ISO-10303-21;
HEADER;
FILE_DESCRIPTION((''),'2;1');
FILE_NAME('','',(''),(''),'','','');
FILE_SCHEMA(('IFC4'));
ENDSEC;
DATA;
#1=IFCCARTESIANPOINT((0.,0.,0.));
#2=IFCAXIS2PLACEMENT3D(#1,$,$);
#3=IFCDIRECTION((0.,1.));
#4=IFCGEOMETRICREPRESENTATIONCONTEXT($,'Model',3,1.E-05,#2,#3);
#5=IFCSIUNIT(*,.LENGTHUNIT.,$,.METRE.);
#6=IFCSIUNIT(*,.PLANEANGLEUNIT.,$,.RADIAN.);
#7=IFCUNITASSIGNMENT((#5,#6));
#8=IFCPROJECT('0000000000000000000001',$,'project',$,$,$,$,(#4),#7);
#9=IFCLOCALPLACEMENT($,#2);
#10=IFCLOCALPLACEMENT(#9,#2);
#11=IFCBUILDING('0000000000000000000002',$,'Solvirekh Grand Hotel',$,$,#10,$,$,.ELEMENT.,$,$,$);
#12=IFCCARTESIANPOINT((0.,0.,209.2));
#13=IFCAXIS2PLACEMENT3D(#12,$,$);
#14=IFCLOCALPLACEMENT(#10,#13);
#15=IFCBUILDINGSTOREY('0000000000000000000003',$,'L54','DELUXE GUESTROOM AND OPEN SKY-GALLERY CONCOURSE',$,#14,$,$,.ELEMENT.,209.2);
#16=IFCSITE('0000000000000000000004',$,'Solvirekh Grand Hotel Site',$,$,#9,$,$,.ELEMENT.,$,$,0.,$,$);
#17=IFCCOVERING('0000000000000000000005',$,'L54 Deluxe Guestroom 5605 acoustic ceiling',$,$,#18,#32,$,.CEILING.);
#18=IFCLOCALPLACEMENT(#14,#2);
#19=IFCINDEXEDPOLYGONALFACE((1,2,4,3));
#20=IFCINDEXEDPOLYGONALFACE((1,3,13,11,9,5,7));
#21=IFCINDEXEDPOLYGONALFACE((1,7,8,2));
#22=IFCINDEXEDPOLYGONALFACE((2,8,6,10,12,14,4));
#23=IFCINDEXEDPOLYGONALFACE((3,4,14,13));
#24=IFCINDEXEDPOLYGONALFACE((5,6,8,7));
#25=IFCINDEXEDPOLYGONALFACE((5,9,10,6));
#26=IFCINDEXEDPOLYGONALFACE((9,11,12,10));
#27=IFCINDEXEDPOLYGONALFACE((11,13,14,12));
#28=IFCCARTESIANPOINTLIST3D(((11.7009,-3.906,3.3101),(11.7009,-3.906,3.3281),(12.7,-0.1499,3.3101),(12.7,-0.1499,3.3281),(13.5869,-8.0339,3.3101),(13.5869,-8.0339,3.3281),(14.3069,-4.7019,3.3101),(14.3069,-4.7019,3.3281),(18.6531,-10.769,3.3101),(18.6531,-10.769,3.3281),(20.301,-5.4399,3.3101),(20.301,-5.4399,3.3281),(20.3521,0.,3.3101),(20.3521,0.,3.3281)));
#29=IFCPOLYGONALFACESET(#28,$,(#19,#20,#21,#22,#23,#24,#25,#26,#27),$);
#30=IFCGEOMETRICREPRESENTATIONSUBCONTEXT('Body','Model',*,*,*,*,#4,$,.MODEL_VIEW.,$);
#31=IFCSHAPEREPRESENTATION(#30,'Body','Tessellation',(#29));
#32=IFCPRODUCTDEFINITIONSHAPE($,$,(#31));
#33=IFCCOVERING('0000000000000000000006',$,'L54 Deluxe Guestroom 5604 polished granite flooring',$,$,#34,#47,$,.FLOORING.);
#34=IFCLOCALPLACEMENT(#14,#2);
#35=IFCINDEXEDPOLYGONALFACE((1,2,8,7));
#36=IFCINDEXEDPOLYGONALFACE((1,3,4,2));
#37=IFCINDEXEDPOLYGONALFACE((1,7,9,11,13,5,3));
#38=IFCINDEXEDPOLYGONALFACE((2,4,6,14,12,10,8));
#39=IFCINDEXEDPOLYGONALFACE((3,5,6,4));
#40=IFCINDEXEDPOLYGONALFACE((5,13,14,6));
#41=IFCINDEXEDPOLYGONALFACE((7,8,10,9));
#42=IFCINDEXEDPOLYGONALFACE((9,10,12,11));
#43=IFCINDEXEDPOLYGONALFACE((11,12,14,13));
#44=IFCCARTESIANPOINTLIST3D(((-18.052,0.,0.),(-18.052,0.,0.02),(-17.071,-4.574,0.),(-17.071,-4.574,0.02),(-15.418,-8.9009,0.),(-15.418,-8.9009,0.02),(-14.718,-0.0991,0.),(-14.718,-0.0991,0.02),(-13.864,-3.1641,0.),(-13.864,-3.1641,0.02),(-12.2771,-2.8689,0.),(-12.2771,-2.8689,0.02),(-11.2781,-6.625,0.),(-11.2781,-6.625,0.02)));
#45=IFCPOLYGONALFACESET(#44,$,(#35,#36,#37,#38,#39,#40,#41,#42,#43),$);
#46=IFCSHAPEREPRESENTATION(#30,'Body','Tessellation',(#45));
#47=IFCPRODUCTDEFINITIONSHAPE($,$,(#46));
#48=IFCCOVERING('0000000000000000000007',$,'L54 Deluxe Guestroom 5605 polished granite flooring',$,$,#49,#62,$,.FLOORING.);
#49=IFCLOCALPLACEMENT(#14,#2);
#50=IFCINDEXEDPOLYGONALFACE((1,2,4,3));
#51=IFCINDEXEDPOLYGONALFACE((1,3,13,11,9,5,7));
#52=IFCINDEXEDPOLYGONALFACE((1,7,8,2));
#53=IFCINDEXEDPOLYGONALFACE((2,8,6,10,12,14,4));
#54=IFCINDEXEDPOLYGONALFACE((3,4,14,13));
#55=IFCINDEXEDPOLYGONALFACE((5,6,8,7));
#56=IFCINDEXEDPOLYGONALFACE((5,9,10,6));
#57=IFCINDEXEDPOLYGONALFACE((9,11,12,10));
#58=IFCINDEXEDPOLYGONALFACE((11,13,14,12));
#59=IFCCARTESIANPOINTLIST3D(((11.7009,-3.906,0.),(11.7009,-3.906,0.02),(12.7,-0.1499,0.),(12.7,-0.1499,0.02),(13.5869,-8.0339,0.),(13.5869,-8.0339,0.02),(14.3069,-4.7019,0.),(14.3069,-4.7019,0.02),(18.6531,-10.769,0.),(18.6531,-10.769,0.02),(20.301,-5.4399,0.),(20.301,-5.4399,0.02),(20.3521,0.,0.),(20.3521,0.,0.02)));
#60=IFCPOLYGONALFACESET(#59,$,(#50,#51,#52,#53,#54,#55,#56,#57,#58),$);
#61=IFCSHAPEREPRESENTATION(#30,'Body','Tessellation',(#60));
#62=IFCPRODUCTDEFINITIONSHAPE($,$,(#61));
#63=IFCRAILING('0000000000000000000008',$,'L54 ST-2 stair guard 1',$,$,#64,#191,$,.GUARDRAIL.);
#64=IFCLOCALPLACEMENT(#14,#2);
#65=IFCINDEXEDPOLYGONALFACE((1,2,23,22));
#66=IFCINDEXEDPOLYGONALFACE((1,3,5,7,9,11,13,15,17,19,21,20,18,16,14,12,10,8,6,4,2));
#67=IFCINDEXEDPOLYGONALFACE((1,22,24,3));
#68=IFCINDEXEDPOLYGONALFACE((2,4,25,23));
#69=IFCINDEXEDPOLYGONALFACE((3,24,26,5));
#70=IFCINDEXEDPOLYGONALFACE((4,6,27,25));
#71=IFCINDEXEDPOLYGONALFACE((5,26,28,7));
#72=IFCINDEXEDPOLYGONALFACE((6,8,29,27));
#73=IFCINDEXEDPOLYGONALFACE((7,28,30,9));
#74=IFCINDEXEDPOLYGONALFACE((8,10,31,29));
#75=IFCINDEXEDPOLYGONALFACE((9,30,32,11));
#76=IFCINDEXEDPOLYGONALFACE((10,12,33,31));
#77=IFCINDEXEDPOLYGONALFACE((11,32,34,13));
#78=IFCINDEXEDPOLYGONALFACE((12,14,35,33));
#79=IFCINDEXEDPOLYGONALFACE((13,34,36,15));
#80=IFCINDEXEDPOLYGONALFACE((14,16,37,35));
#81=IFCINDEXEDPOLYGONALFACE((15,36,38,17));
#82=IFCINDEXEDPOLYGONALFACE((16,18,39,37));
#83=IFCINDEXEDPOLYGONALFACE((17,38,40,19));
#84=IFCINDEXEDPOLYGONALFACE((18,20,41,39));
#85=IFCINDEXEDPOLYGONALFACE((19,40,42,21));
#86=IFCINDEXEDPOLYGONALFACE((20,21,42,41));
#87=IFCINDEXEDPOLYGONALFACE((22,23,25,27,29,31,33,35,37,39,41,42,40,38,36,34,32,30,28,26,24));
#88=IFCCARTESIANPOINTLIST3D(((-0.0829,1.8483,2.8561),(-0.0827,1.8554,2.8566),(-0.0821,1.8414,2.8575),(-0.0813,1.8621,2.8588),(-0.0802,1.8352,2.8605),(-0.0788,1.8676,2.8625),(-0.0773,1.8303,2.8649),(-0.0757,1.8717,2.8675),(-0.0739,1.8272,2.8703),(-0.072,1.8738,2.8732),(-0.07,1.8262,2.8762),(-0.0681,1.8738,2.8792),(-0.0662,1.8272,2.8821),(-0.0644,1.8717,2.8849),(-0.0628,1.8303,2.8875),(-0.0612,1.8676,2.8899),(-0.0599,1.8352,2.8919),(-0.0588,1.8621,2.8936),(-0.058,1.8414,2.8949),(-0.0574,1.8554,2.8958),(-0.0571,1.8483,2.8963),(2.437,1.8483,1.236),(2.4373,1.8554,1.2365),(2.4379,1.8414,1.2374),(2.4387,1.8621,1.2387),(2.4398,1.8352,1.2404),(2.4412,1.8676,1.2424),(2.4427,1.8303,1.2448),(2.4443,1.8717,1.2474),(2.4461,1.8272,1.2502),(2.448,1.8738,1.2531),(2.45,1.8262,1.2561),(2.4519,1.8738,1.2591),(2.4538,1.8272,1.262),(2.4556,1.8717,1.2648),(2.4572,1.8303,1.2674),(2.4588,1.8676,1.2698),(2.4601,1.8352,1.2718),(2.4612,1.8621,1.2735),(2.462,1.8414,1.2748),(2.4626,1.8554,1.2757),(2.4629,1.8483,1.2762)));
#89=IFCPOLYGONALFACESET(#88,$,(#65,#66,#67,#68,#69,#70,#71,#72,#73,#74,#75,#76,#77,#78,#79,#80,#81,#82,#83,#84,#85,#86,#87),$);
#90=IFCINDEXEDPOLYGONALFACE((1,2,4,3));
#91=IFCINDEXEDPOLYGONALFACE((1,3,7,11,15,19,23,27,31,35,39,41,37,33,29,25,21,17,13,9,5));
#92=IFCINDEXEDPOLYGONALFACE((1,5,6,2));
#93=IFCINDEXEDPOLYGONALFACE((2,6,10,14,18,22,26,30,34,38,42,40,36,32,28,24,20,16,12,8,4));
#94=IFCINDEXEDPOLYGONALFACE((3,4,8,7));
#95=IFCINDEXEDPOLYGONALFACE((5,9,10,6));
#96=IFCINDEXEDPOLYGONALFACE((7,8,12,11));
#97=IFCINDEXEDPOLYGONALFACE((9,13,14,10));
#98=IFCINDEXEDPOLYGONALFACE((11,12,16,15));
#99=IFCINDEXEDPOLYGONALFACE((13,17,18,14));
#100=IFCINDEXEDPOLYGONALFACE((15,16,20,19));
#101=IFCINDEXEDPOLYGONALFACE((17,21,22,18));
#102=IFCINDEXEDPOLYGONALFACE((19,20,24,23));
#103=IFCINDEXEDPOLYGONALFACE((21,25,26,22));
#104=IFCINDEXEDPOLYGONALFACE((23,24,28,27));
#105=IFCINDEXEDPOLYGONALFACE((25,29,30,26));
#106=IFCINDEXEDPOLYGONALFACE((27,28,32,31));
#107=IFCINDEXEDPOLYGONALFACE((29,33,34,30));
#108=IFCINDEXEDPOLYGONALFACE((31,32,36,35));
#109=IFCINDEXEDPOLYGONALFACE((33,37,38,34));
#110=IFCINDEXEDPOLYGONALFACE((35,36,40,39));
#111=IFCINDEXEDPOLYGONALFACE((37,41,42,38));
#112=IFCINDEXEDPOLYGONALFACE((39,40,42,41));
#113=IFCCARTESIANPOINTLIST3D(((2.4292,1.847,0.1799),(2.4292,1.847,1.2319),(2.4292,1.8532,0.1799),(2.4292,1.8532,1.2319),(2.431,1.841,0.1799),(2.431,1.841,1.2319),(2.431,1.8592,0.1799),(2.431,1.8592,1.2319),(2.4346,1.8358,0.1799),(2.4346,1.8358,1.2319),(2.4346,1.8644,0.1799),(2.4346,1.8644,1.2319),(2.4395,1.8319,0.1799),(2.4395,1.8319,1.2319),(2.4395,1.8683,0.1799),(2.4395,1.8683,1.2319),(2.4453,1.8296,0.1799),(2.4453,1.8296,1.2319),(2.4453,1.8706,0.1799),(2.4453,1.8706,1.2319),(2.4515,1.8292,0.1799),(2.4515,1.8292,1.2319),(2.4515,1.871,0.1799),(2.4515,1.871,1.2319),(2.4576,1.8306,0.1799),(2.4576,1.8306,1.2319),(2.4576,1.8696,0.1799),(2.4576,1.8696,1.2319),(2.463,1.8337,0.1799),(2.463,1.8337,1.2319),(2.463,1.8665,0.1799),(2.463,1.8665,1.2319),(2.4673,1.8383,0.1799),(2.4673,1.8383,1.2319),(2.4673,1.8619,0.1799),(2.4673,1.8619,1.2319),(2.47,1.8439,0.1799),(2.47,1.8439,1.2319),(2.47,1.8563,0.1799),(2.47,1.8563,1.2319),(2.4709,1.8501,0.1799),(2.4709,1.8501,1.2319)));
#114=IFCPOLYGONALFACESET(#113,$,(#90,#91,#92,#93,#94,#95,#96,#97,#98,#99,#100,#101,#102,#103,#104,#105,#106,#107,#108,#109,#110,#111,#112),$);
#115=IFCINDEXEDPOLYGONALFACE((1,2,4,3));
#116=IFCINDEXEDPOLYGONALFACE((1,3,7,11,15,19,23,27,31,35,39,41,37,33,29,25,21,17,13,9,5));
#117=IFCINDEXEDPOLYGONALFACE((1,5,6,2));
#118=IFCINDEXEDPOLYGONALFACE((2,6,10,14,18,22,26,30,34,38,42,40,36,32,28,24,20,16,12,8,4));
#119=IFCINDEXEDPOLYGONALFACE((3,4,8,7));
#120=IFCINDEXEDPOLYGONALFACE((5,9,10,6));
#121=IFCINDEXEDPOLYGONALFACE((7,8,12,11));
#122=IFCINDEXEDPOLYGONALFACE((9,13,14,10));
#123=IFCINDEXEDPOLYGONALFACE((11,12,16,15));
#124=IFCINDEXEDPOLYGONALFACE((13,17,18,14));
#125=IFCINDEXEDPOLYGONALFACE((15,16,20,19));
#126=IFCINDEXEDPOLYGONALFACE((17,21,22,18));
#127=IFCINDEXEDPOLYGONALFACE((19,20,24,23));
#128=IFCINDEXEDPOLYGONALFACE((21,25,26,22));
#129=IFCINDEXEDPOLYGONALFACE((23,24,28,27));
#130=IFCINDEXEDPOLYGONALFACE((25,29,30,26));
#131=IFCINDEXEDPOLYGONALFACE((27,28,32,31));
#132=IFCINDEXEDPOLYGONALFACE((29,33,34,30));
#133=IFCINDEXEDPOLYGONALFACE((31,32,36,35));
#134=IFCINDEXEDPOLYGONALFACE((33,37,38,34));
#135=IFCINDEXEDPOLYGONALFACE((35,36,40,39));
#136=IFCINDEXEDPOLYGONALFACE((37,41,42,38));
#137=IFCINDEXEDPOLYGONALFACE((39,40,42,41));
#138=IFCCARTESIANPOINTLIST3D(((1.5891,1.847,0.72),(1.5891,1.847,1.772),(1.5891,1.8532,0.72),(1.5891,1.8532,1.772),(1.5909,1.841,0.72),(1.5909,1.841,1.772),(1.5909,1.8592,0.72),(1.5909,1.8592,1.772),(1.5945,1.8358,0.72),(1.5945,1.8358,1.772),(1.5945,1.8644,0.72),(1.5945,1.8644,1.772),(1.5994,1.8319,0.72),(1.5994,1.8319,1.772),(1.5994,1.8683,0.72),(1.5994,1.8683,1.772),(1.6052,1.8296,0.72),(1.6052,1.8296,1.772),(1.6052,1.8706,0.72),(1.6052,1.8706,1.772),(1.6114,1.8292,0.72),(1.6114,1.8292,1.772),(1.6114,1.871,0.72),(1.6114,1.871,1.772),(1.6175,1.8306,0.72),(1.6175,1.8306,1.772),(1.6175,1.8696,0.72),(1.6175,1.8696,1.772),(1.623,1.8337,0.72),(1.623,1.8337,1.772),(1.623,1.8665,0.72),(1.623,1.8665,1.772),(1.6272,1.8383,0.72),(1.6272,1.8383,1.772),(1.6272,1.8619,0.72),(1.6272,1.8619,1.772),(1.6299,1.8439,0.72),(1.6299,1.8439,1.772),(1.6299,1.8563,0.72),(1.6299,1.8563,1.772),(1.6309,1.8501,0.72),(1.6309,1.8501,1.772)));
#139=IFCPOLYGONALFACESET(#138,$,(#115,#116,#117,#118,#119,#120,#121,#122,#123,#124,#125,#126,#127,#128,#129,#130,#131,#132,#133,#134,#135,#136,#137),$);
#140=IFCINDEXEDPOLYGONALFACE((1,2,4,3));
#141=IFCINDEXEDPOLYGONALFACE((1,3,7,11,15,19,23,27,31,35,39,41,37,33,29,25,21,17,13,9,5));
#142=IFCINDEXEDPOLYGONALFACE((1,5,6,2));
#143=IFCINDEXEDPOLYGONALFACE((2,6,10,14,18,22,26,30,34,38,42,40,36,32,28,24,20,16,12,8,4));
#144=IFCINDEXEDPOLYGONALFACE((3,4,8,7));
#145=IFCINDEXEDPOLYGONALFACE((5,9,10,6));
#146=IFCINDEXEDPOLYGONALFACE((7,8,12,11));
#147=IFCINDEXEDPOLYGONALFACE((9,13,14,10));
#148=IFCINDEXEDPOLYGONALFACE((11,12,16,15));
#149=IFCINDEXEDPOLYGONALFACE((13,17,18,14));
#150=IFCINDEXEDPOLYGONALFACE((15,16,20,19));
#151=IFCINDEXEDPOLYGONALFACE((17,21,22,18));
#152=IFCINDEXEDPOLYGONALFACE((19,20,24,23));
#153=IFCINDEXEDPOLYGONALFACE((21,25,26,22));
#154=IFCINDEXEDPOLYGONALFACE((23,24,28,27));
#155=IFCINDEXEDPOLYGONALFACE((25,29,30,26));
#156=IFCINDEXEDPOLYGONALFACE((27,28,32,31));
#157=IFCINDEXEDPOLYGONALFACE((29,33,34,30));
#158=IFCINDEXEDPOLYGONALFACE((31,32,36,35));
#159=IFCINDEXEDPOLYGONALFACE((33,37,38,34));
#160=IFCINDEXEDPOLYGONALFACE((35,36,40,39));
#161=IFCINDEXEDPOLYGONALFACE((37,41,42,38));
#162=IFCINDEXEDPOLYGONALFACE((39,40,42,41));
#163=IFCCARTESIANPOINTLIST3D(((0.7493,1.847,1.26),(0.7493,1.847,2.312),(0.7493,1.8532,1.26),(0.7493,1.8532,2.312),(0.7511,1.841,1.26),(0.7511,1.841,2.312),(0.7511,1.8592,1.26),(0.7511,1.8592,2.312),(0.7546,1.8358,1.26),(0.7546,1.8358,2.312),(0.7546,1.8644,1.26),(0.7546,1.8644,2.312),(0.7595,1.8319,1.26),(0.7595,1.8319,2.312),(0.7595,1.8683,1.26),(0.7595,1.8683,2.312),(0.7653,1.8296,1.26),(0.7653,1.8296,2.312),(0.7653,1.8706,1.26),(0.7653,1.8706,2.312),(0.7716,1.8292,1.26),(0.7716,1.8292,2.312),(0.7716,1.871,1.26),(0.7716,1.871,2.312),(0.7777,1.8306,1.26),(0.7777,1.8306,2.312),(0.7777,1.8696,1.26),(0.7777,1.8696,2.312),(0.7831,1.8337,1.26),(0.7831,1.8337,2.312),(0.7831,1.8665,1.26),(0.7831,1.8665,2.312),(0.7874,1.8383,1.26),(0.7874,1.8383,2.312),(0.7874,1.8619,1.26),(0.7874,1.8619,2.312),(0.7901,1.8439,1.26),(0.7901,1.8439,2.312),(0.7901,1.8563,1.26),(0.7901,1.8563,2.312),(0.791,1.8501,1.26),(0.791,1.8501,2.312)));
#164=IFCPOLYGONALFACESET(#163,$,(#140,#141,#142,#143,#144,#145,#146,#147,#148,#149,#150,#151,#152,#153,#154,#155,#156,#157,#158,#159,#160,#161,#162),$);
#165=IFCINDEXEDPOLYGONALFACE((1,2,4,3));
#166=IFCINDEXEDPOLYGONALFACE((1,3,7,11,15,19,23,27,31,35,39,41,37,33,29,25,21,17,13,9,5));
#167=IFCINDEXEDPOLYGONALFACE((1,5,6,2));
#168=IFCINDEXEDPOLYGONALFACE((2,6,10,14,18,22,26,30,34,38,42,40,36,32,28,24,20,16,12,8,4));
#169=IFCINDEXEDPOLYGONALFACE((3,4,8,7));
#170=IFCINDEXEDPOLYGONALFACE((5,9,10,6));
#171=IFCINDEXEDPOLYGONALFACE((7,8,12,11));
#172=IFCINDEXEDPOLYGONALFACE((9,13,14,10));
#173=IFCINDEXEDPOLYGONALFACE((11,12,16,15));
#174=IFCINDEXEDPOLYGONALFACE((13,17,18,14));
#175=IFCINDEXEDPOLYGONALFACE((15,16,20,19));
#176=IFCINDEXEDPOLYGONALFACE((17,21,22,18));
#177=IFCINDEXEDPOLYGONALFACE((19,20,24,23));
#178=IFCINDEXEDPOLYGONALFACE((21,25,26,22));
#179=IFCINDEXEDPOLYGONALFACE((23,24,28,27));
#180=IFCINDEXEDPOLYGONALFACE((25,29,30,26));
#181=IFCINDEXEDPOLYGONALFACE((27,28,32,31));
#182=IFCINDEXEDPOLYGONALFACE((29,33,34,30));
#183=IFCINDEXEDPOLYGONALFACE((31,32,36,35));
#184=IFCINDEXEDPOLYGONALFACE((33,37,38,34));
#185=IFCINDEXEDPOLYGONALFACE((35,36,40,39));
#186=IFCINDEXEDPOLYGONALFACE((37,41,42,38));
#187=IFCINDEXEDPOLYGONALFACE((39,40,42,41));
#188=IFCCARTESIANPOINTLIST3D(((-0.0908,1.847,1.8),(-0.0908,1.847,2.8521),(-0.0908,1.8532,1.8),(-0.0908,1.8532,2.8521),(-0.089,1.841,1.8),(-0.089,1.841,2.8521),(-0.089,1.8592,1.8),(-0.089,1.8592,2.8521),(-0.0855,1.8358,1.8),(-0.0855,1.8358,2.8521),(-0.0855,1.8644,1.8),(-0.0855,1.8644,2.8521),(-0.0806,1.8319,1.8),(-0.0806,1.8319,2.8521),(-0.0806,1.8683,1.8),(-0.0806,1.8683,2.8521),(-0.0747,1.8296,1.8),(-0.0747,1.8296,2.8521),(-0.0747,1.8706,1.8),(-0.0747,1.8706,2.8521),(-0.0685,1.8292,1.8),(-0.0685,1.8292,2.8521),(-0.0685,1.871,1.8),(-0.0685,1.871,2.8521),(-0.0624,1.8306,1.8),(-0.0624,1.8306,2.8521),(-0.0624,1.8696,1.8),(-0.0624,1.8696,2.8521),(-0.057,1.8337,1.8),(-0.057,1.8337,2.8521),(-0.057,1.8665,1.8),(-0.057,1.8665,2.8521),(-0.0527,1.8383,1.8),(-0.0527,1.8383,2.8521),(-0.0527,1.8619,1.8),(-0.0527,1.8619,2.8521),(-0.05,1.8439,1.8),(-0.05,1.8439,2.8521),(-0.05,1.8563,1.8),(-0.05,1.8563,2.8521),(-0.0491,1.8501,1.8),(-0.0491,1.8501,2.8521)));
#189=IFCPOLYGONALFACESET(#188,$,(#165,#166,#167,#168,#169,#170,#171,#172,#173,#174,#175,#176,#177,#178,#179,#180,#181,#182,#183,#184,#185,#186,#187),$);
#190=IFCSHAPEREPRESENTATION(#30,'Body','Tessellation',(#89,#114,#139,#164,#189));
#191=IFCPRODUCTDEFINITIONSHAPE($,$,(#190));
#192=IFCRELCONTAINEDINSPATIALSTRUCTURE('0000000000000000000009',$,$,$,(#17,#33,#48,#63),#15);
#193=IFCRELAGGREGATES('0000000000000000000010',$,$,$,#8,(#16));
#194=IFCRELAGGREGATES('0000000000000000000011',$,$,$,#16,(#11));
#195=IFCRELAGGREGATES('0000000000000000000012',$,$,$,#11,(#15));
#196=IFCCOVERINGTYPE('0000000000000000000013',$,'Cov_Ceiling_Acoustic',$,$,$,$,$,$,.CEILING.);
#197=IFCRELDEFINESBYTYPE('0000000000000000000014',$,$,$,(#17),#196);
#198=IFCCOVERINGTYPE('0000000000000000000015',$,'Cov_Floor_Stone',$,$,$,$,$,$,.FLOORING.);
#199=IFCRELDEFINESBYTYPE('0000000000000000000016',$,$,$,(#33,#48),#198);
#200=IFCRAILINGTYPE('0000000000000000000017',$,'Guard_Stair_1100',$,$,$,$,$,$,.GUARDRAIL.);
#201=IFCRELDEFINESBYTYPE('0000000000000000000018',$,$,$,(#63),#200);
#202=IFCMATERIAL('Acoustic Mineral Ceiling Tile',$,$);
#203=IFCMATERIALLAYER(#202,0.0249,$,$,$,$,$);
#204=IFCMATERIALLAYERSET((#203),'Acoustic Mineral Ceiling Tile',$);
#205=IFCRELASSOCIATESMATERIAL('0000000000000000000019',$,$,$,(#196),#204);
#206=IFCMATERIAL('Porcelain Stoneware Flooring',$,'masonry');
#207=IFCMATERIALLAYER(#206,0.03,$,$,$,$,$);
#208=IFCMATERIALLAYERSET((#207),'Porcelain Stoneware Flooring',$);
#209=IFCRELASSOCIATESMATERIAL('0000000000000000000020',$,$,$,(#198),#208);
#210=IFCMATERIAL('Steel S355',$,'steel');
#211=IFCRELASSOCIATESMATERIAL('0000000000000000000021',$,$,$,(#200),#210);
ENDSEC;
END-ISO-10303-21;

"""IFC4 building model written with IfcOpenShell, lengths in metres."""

from ifc_helpers import new_model, si_unit, direction, frame, origin, origin_2d, place, context, subcontext, project, spatial, polyline, circle, outline, extrude, material, layer, layer_set, type_object, element, save


model = new_model("IFC4")

# Units and contexts
model_context = context("Model", 3, precision=1e-05, world=origin(), true_north=direction((0.0, 1.0)))
body_context = subcontext(model_context, "Body", "Model", "MODEL_VIEW")
ifc_project = project(units=[si_unit("LENGTHUNIT", "METRE"), si_unit("PLANEANGLEUNIT", "RADIAN")], contexts=[model_context])

# Site, building, storey
site_placement = place(None, origin())
site = spatial("IfcSite", under=ifc_project, at=site_placement, Name="Solvirekh Grand Hotel Site", CompositionType="ELEMENT", RefElevation=0.0)
building_placement = place(site_placement, origin())
building = spatial("IfcBuilding", under=site, at=building_placement, Name="Solvirekh Grand Hotel", CompositionType="ELEMENT")
storey_placement = place(building_placement, frame((0.0, 0.0, 209.2)))
storey = spatial("IfcBuildingStorey", under=building, at=storey_placement, Name="L54", Description="DELUXE GUESTROOM AND OPEN SKY-GALLERY CONCOURSE", CompositionType="ELEMENT", Elevation=209.2)

# Coverings
ifc_material_1 = material(Name="Acoustic Mineral Ceiling Tile")
ifc_layer_1 = layer(ifc_material_1, 0.0249)
ifc_layer_set_1 = layer_set([ifc_layer_1], Name="Acoustic Mineral Ceiling Tile")
covering_type_1 = type_object("IfcCoveringType", Name="Cov_Ceiling_Acoustic", PredefinedType="CEILING", material=ifc_layer_set_1)
covering_1_placement = place(storey_placement, frame((0.0, 0.0, 3.3101)))
element("IfcCovering", 1, at=covering_1_placement, inside=storey, type_object=covering_type_1, Name="L54 Deluxe Guestroom 5605 acoustic ceiling", PredefinedType="CEILING", context=body_context, shape_type="SweptSolid", body=[
    extrude(outline(polyline([(14.3069, -4.7019), (13.5869, -8.0339), (18.6531, -10.769), (20.301, -5.4399), (20.3521, 0.0), (12.7, -0.1499), (11.7009, -3.906), (14.3069, -4.7019)])), origin(), (0.0, 0.0, 1.0), 0.0181),
])
ifc_material_2 = material(Name="Porcelain Stoneware Flooring", Category="masonry")
ifc_layer_2 = layer(ifc_material_2, 0.03)
ifc_layer_set_2 = layer_set([ifc_layer_2], Name="Porcelain Stoneware Flooring")
covering_type_2 = type_object("IfcCoveringType", Name="Cov_Floor_Stone", PredefinedType="FLOORING", material=ifc_layer_set_2)
covering_2_placement = place(storey_placement, origin())
element("IfcCovering", 2, at=covering_2_placement, inside=storey, type_object=covering_type_2, Name="L54 Deluxe Guestroom 5604 polished granite flooring", PredefinedType="FLOORING", context=body_context, shape_type="SweptSolid", body=[
    extrude(outline(polyline([(-13.864, -3.1641), (-14.718, -0.0991), (-18.052, 0.0), (-17.071, -4.574), (-15.418, -8.9009), (-11.2781, -6.625), (-12.2771, -2.8689), (-13.864, -3.1641)])), origin(), (0.0, 0.0, 1.0), 0.02),
])
covering_3_placement = place(storey_placement, origin())
element("IfcCovering", 3, at=covering_3_placement, inside=storey, type_object=covering_type_2, Name="L54 Deluxe Guestroom 5605 polished granite flooring", PredefinedType="FLOORING", context=body_context, shape_type="SweptSolid", body=[
    extrude(outline(polyline([(14.3069, -4.7019), (13.5869, -8.0339), (18.6531, -10.769), (20.301, -5.4399), (20.3521, 0.0), (12.7, -0.1499), (11.7009, -3.906), (14.3069, -4.7019)])), origin(), (0.0, 0.0, 1.0), 0.02),
])

# Railing
ifc_material_3 = material(Name="Steel S355", Category="steel")
railing_type_1 = type_object("IfcRailingType", Name="Guard_Stair_1100", PredefinedType="GUARDRAIL", material=ifc_material_3)
railing_1_placement = place(storey_placement, frame((2.45, 1.8501, 0.1799)))
element("IfcRailing", 4, at=railing_1_placement, inside=storey, type_object=railing_type_1, Name="L54 ST-2 stair guard 1", PredefinedType="GUARDRAIL", context=body_context, shape_type="SweptSolid", body=[
    extrude(circle(Radius=0.0239, at=origin_2d()), frame((0.0, 0.0, 1.0762), z_axis=(-0.841163, 0.0, 0.540782), x_axis=(0.0, -1.0, 0.0)), (0.0, 0.0, 1.0), 2.9958),
    extrude(circle(Radius=0.021, at=origin_2d()), origin(), (0.0, 0.0, 1.0), 1.052),
    extrude(circle(Radius=0.021, at=origin_2d()), frame((-0.8401, 0.0, 0.54)), (0.0, 0.0, 1.0), 1.052),
    extrude(circle(Radius=0.021, at=origin_2d()), frame((-1.6799, 0.0, 1.0801)), (0.0, 0.0, 1.0), 1.052),
    extrude(circle(Radius=0.021, at=origin_2d()), frame((-2.52, 0.0, 1.6201)), (0.0, 0.0, 1.0), 1.052),
])

save(model, "model.ifc")
